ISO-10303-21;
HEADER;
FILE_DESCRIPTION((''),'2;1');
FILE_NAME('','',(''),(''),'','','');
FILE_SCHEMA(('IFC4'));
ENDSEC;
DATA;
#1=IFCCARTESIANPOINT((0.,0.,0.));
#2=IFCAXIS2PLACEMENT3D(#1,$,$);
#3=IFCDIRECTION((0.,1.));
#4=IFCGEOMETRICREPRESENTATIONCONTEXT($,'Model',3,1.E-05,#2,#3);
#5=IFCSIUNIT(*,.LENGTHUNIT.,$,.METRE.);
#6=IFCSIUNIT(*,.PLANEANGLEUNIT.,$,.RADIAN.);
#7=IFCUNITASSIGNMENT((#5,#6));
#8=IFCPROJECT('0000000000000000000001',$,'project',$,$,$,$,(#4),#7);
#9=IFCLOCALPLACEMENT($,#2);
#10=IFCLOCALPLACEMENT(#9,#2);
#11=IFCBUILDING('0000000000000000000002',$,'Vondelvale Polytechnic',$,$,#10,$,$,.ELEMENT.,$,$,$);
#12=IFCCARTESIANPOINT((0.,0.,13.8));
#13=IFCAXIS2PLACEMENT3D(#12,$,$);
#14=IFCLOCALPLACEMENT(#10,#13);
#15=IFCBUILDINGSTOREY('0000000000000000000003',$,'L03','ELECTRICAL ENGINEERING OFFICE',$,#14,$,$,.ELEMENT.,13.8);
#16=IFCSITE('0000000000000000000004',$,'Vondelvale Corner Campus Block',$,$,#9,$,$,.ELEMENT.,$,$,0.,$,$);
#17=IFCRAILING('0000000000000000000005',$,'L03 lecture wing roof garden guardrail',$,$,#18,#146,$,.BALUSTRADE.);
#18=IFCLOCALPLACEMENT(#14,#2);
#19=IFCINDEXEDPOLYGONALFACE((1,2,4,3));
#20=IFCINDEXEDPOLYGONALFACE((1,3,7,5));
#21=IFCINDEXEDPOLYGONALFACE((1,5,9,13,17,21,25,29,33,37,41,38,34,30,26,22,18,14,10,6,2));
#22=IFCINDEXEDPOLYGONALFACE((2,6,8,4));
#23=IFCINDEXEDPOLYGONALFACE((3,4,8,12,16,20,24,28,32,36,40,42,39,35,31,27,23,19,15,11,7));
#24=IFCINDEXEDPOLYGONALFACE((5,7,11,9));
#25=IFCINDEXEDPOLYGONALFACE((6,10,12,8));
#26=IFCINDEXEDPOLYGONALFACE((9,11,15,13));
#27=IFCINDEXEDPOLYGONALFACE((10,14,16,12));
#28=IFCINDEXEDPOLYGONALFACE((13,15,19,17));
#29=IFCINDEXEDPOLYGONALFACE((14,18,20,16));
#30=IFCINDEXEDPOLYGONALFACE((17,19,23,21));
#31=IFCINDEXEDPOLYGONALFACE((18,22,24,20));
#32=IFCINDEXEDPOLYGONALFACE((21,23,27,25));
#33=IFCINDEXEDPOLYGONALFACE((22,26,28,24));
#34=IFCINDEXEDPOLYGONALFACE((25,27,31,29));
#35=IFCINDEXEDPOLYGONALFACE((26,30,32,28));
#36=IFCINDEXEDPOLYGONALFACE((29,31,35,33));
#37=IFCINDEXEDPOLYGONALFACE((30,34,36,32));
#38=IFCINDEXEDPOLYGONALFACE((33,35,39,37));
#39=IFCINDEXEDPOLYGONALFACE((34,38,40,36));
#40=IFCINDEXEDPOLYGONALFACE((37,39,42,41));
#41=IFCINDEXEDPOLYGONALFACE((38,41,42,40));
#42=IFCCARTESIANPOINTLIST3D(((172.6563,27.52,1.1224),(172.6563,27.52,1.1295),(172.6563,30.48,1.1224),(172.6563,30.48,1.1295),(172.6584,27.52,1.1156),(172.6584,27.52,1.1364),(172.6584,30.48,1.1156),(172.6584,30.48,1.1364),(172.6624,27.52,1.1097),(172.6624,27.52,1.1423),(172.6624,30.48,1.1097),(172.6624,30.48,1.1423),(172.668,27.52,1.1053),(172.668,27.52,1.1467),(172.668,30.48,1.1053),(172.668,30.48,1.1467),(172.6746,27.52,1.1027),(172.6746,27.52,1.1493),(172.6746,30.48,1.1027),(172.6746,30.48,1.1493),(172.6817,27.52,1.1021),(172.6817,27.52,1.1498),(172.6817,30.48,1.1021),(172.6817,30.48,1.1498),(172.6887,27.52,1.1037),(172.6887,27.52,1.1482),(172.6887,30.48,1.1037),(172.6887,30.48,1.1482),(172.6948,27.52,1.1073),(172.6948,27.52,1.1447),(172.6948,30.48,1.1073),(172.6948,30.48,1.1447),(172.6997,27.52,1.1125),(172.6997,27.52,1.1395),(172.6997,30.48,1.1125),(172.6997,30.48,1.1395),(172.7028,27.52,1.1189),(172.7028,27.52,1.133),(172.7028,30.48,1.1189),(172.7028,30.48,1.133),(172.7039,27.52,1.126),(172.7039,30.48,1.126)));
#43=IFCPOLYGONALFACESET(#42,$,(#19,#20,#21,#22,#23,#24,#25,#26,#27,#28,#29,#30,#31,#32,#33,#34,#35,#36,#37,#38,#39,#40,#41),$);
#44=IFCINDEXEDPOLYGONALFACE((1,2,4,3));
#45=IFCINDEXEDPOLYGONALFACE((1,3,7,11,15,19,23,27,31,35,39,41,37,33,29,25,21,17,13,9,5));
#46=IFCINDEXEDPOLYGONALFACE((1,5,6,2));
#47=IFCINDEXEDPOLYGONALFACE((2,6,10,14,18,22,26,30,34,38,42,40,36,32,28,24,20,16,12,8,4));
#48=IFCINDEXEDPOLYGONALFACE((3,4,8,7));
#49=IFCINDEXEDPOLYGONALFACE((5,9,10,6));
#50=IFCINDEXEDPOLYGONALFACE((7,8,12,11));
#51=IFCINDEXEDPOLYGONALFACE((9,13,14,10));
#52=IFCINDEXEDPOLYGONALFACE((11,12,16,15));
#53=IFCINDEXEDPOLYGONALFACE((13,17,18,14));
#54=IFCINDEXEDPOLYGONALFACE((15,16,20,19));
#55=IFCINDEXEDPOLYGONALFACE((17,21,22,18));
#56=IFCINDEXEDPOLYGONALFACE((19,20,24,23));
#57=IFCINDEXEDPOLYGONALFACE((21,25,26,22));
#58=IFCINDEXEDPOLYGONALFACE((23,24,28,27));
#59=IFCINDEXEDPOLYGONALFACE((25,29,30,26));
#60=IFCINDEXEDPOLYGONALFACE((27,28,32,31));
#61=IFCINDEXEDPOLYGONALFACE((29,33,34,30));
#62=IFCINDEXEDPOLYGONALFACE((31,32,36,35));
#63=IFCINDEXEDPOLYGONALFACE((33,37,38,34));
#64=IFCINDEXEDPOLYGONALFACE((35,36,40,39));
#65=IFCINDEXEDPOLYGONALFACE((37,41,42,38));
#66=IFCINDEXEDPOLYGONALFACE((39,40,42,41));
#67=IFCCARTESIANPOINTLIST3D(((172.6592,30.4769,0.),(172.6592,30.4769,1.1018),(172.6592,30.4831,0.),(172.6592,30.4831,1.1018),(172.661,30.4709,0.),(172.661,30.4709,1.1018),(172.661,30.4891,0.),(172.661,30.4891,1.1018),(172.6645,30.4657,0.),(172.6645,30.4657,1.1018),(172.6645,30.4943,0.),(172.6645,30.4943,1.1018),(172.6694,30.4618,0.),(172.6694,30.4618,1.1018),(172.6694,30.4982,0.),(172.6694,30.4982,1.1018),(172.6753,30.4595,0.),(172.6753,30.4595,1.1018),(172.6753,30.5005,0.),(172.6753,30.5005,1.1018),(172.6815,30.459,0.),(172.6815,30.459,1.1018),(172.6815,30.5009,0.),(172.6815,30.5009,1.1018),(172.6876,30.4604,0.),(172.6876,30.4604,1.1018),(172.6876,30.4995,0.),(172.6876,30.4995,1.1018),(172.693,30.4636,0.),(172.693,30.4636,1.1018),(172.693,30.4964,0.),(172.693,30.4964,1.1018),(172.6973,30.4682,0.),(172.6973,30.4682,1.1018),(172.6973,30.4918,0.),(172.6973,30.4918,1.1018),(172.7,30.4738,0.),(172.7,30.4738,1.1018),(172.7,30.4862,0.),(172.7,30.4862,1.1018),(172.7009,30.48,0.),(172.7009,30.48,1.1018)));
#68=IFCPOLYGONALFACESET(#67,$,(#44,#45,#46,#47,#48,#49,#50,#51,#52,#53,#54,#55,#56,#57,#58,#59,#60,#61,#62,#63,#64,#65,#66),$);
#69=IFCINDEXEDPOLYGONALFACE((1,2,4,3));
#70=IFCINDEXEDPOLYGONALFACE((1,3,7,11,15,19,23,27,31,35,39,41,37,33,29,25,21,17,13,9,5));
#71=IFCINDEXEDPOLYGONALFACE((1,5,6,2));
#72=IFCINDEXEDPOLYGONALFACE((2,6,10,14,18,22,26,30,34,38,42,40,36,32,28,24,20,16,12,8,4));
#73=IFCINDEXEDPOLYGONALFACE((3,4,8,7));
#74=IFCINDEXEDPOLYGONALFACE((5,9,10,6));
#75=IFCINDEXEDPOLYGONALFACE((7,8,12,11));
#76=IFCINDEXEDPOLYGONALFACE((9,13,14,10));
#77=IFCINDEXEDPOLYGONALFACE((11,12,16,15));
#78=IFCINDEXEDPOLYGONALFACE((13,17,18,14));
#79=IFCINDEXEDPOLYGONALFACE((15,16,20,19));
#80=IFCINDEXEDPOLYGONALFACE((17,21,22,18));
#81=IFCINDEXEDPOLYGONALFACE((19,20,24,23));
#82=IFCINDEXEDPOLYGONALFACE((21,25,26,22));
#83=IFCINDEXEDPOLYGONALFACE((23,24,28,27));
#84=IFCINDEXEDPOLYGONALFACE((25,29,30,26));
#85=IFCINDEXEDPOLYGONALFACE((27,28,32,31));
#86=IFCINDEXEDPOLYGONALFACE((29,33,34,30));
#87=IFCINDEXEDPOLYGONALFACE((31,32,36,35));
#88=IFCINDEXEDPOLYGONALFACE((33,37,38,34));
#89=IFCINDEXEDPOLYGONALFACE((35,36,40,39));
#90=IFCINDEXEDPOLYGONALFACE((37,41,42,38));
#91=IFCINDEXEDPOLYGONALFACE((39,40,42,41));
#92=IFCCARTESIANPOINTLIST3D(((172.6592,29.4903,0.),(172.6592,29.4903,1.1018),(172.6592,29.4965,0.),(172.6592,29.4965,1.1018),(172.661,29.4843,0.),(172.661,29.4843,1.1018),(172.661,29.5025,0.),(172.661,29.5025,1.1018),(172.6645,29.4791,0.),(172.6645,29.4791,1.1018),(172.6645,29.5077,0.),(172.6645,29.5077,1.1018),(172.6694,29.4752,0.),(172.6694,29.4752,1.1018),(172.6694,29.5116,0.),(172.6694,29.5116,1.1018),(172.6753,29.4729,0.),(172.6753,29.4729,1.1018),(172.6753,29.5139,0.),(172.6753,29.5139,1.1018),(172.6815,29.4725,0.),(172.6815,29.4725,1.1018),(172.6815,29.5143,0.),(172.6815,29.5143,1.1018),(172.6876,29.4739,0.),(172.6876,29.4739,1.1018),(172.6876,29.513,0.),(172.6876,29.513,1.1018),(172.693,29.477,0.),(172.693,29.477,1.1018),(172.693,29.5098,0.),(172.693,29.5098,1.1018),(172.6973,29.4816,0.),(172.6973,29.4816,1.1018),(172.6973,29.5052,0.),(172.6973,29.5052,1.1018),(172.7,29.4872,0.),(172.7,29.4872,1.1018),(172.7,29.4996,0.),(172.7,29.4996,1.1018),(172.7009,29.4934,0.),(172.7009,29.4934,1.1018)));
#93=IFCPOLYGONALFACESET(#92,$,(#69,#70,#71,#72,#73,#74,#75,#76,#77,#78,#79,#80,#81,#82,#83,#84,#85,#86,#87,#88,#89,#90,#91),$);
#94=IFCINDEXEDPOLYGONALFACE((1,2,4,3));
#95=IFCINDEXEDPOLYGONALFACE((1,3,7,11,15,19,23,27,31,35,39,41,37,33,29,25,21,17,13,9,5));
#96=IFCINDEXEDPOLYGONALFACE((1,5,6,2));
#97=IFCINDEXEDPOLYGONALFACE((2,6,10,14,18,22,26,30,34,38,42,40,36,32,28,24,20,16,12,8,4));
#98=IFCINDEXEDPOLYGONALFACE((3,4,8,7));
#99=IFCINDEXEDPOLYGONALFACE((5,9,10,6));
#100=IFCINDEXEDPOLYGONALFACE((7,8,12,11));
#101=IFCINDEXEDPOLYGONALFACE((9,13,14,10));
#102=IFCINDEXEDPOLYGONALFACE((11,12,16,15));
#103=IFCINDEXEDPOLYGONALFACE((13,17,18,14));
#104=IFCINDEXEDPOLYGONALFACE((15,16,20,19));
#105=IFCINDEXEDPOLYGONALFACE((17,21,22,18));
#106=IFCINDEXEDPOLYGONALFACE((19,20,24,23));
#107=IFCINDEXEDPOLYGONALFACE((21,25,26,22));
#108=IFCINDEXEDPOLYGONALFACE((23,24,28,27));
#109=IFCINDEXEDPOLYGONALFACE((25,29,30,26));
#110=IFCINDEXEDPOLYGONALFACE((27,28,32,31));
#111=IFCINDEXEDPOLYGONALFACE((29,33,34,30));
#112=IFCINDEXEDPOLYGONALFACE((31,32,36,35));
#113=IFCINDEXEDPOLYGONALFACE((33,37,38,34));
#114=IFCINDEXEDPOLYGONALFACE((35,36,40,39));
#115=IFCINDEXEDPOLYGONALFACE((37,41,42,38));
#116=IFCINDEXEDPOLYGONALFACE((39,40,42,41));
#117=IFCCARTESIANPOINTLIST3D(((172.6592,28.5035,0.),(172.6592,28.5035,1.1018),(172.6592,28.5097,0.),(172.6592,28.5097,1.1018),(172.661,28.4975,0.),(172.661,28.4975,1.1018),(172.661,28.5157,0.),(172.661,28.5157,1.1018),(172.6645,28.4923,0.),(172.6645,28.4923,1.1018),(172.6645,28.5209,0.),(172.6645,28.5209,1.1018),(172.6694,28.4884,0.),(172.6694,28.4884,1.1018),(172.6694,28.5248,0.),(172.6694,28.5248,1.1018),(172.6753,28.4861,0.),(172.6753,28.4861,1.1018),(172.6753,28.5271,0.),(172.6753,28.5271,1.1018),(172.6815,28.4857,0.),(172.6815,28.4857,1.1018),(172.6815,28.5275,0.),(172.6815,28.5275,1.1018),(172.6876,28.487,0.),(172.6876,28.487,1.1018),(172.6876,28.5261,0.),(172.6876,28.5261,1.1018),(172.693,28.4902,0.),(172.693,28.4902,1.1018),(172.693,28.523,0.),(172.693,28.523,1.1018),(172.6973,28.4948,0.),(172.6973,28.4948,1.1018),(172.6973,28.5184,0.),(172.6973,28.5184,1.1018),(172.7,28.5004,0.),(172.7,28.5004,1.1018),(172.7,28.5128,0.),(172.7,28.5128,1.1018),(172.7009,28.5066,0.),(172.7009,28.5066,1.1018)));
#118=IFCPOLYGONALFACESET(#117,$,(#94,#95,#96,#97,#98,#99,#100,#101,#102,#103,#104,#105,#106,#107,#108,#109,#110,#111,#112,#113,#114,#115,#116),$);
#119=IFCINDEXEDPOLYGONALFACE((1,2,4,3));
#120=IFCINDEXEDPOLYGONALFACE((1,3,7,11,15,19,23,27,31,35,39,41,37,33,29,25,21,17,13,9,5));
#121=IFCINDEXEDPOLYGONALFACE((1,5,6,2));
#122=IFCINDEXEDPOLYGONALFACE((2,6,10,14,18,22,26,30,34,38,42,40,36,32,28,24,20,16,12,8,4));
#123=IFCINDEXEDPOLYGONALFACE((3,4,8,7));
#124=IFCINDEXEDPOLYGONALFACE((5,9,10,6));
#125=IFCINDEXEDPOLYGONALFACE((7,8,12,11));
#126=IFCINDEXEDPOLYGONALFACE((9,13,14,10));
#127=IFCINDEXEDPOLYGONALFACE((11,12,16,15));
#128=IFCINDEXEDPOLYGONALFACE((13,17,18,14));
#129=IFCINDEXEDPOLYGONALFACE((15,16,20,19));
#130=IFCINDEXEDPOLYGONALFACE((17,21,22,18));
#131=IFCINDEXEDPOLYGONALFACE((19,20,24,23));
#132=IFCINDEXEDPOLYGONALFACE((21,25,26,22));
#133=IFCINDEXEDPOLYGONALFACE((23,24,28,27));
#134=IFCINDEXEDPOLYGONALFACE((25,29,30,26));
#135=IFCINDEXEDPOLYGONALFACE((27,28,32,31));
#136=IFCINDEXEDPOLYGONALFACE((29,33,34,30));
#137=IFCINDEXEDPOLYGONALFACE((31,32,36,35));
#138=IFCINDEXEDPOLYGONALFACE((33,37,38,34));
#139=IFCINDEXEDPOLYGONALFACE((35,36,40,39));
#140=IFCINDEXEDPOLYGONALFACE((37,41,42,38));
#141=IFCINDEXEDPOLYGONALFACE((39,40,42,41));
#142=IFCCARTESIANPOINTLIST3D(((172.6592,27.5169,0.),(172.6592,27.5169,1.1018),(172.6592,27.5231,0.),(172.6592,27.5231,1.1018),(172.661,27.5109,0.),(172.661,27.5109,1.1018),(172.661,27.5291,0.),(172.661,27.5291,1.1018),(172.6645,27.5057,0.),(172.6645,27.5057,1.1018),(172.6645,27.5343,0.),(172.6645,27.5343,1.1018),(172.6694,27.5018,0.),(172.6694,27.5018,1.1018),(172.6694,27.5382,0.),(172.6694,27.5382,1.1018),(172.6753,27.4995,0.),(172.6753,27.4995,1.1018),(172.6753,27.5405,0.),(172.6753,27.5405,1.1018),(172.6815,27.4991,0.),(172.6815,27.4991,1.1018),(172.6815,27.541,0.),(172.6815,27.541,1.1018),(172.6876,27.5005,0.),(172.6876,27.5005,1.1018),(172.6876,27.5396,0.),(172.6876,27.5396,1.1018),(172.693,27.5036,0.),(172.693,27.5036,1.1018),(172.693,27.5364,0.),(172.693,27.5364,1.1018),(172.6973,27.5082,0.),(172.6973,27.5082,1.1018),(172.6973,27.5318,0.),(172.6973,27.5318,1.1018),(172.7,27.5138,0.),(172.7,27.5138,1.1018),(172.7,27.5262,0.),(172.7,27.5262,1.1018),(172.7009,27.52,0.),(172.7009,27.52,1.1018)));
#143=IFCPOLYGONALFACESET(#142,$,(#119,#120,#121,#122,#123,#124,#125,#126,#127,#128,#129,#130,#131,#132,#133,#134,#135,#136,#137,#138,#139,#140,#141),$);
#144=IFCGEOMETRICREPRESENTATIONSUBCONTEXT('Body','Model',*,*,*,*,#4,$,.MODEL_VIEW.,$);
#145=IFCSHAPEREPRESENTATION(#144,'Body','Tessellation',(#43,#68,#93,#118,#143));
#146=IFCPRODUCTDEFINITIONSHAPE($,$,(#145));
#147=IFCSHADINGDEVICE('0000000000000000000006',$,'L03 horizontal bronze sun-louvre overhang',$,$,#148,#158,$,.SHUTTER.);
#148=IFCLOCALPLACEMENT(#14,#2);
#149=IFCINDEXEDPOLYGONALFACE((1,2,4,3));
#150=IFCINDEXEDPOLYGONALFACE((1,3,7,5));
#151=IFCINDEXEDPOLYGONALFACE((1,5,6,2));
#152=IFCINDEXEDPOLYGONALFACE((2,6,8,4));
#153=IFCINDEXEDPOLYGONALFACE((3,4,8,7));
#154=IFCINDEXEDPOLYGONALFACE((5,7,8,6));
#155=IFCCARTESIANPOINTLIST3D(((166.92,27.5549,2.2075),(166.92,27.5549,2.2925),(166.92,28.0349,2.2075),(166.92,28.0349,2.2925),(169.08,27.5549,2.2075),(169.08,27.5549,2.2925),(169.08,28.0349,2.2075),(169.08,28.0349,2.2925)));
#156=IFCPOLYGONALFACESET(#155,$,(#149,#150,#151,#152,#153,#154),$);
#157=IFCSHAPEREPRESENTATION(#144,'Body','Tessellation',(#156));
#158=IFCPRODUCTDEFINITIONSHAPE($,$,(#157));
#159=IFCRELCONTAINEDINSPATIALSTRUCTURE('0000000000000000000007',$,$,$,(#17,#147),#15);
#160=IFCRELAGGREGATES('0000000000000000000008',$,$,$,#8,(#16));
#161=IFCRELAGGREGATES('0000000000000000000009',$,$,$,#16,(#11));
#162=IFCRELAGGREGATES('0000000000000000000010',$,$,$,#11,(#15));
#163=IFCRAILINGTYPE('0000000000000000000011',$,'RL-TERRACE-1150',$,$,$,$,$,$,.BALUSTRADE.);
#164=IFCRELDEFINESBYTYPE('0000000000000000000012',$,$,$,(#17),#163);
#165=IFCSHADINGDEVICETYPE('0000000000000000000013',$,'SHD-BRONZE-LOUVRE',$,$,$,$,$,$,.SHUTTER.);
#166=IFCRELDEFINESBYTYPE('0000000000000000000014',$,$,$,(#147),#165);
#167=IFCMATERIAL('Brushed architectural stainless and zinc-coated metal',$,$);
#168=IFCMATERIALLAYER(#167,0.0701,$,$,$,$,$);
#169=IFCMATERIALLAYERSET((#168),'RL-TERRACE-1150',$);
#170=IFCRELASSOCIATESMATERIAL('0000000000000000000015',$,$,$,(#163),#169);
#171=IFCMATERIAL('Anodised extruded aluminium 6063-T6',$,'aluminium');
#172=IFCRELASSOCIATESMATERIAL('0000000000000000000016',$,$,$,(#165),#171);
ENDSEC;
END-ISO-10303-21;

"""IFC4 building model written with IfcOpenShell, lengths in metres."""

from ifc_helpers import new_model, si_unit, direction, frame, origin, origin_2d, place, context, subcontext, project, spatial, rectangle, circle, extrude, material, layer, layer_set, type_object, element, save


model = new_model("IFC4")

# Units and contexts
model_context = context("Model", 3, precision=1e-05, world=origin(), true_north=direction((0.0, 1.0)))
body_context = subcontext(model_context, "Body", "Model", "MODEL_VIEW")
ifc_project = project(units=[si_unit("LENGTHUNIT", "METRE"), si_unit("PLANEANGLEUNIT", "RADIAN")], contexts=[model_context])

# Site, building, storey
site_placement = place(None, origin())
site = spatial("IfcSite", under=ifc_project, at=site_placement, Name="Vondelvale Corner Campus Block", CompositionType="ELEMENT", RefElevation=0.0)
building_placement = place(site_placement, origin())
building = spatial("IfcBuilding", under=site, at=building_placement, Name="Vondelvale Polytechnic", CompositionType="ELEMENT")
storey_placement = place(building_placement, frame((0.0, 0.0, 13.8)))
storey = spatial("IfcBuildingStorey", under=building, at=storey_placement, Name="L03", Description="ELECTRICAL ENGINEERING OFFICE", CompositionType="ELEMENT", Elevation=13.8)

# Railing
ifc_material_1 = material(Name="Brushed architectural stainless and zinc-coated metal")
ifc_layer_1 = layer(ifc_material_1, 0.0701)
ifc_layer_set_1 = layer_set([ifc_layer_1], Name="RL-TERRACE-1150")
railing_type = type_object("IfcRailingType", Name="RL-TERRACE-1150", PredefinedType="BALUSTRADE", material=ifc_layer_set_1)
railing_1_placement = place(storey_placement, frame((172.6799, 30.48, 0.0)))
element("IfcRailing", 1, at=railing_1_placement, inside=storey, type_object=railing_type, Name="L03 lecture wing roof garden guardrail", PredefinedType="BALUSTRADE", context=body_context, shape_type="SweptSolid", body=[
    extrude(circle(Radius=0.0239, at=origin_2d()), frame((0.0, 0.0, 1.126), z_axis=(0.0, -1.0, 0.0), x_axis=(1.0, 0.0, 0.0)), (0.0, 0.0, 1.0), 2.96),
    extrude(circle(Radius=0.021, at=origin_2d()), origin(), (0.0, 0.0, 1.0), 1.1018),
    extrude(circle(Radius=0.021, at=origin_2d()), frame((0.0, -0.9866, 0.0)), (0.0, 0.0, 1.0), 1.1018),
    extrude(circle(Radius=0.021, at=origin_2d()), frame((0.0, -1.9734, 0.0)), (0.0, 0.0, 1.0), 1.1018),
    extrude(circle(Radius=0.021, at=origin_2d()), frame((0.0, -2.96, 0.0)), (0.0, 0.0, 1.0), 1.1018),
])

# Shading device
ifc_material_2 = material(Name="Anodised extruded aluminium 6063-T6", Category="aluminium")
shading_device_type = type_object("IfcShadingDeviceType", Name="SHD-BRONZE-LOUVRE", PredefinedType="SHUTTER", material=ifc_material_2)
shading_device_placement = place(storey_placement, frame((168.0, 27.7949, 2.2075), z_axis=(0.0, 0.0, 1.0), x_axis=(1.0, 0.0, 0.0)))
element("IfcShadingDevice", 2, at=shading_device_placement, inside=storey, type_object=shading_device_type, Name="L03 horizontal bronze sun-louvre overhang", PredefinedType="SHUTTER", context=body_context, shape_type="SweptSolid", body=[
    extrude(rectangle(XDim=2.1599, YDim=0.48, at=origin_2d()), origin(), (0.0, 0.0, 1.0), 0.085),
])

save(model, "model.ifc")
